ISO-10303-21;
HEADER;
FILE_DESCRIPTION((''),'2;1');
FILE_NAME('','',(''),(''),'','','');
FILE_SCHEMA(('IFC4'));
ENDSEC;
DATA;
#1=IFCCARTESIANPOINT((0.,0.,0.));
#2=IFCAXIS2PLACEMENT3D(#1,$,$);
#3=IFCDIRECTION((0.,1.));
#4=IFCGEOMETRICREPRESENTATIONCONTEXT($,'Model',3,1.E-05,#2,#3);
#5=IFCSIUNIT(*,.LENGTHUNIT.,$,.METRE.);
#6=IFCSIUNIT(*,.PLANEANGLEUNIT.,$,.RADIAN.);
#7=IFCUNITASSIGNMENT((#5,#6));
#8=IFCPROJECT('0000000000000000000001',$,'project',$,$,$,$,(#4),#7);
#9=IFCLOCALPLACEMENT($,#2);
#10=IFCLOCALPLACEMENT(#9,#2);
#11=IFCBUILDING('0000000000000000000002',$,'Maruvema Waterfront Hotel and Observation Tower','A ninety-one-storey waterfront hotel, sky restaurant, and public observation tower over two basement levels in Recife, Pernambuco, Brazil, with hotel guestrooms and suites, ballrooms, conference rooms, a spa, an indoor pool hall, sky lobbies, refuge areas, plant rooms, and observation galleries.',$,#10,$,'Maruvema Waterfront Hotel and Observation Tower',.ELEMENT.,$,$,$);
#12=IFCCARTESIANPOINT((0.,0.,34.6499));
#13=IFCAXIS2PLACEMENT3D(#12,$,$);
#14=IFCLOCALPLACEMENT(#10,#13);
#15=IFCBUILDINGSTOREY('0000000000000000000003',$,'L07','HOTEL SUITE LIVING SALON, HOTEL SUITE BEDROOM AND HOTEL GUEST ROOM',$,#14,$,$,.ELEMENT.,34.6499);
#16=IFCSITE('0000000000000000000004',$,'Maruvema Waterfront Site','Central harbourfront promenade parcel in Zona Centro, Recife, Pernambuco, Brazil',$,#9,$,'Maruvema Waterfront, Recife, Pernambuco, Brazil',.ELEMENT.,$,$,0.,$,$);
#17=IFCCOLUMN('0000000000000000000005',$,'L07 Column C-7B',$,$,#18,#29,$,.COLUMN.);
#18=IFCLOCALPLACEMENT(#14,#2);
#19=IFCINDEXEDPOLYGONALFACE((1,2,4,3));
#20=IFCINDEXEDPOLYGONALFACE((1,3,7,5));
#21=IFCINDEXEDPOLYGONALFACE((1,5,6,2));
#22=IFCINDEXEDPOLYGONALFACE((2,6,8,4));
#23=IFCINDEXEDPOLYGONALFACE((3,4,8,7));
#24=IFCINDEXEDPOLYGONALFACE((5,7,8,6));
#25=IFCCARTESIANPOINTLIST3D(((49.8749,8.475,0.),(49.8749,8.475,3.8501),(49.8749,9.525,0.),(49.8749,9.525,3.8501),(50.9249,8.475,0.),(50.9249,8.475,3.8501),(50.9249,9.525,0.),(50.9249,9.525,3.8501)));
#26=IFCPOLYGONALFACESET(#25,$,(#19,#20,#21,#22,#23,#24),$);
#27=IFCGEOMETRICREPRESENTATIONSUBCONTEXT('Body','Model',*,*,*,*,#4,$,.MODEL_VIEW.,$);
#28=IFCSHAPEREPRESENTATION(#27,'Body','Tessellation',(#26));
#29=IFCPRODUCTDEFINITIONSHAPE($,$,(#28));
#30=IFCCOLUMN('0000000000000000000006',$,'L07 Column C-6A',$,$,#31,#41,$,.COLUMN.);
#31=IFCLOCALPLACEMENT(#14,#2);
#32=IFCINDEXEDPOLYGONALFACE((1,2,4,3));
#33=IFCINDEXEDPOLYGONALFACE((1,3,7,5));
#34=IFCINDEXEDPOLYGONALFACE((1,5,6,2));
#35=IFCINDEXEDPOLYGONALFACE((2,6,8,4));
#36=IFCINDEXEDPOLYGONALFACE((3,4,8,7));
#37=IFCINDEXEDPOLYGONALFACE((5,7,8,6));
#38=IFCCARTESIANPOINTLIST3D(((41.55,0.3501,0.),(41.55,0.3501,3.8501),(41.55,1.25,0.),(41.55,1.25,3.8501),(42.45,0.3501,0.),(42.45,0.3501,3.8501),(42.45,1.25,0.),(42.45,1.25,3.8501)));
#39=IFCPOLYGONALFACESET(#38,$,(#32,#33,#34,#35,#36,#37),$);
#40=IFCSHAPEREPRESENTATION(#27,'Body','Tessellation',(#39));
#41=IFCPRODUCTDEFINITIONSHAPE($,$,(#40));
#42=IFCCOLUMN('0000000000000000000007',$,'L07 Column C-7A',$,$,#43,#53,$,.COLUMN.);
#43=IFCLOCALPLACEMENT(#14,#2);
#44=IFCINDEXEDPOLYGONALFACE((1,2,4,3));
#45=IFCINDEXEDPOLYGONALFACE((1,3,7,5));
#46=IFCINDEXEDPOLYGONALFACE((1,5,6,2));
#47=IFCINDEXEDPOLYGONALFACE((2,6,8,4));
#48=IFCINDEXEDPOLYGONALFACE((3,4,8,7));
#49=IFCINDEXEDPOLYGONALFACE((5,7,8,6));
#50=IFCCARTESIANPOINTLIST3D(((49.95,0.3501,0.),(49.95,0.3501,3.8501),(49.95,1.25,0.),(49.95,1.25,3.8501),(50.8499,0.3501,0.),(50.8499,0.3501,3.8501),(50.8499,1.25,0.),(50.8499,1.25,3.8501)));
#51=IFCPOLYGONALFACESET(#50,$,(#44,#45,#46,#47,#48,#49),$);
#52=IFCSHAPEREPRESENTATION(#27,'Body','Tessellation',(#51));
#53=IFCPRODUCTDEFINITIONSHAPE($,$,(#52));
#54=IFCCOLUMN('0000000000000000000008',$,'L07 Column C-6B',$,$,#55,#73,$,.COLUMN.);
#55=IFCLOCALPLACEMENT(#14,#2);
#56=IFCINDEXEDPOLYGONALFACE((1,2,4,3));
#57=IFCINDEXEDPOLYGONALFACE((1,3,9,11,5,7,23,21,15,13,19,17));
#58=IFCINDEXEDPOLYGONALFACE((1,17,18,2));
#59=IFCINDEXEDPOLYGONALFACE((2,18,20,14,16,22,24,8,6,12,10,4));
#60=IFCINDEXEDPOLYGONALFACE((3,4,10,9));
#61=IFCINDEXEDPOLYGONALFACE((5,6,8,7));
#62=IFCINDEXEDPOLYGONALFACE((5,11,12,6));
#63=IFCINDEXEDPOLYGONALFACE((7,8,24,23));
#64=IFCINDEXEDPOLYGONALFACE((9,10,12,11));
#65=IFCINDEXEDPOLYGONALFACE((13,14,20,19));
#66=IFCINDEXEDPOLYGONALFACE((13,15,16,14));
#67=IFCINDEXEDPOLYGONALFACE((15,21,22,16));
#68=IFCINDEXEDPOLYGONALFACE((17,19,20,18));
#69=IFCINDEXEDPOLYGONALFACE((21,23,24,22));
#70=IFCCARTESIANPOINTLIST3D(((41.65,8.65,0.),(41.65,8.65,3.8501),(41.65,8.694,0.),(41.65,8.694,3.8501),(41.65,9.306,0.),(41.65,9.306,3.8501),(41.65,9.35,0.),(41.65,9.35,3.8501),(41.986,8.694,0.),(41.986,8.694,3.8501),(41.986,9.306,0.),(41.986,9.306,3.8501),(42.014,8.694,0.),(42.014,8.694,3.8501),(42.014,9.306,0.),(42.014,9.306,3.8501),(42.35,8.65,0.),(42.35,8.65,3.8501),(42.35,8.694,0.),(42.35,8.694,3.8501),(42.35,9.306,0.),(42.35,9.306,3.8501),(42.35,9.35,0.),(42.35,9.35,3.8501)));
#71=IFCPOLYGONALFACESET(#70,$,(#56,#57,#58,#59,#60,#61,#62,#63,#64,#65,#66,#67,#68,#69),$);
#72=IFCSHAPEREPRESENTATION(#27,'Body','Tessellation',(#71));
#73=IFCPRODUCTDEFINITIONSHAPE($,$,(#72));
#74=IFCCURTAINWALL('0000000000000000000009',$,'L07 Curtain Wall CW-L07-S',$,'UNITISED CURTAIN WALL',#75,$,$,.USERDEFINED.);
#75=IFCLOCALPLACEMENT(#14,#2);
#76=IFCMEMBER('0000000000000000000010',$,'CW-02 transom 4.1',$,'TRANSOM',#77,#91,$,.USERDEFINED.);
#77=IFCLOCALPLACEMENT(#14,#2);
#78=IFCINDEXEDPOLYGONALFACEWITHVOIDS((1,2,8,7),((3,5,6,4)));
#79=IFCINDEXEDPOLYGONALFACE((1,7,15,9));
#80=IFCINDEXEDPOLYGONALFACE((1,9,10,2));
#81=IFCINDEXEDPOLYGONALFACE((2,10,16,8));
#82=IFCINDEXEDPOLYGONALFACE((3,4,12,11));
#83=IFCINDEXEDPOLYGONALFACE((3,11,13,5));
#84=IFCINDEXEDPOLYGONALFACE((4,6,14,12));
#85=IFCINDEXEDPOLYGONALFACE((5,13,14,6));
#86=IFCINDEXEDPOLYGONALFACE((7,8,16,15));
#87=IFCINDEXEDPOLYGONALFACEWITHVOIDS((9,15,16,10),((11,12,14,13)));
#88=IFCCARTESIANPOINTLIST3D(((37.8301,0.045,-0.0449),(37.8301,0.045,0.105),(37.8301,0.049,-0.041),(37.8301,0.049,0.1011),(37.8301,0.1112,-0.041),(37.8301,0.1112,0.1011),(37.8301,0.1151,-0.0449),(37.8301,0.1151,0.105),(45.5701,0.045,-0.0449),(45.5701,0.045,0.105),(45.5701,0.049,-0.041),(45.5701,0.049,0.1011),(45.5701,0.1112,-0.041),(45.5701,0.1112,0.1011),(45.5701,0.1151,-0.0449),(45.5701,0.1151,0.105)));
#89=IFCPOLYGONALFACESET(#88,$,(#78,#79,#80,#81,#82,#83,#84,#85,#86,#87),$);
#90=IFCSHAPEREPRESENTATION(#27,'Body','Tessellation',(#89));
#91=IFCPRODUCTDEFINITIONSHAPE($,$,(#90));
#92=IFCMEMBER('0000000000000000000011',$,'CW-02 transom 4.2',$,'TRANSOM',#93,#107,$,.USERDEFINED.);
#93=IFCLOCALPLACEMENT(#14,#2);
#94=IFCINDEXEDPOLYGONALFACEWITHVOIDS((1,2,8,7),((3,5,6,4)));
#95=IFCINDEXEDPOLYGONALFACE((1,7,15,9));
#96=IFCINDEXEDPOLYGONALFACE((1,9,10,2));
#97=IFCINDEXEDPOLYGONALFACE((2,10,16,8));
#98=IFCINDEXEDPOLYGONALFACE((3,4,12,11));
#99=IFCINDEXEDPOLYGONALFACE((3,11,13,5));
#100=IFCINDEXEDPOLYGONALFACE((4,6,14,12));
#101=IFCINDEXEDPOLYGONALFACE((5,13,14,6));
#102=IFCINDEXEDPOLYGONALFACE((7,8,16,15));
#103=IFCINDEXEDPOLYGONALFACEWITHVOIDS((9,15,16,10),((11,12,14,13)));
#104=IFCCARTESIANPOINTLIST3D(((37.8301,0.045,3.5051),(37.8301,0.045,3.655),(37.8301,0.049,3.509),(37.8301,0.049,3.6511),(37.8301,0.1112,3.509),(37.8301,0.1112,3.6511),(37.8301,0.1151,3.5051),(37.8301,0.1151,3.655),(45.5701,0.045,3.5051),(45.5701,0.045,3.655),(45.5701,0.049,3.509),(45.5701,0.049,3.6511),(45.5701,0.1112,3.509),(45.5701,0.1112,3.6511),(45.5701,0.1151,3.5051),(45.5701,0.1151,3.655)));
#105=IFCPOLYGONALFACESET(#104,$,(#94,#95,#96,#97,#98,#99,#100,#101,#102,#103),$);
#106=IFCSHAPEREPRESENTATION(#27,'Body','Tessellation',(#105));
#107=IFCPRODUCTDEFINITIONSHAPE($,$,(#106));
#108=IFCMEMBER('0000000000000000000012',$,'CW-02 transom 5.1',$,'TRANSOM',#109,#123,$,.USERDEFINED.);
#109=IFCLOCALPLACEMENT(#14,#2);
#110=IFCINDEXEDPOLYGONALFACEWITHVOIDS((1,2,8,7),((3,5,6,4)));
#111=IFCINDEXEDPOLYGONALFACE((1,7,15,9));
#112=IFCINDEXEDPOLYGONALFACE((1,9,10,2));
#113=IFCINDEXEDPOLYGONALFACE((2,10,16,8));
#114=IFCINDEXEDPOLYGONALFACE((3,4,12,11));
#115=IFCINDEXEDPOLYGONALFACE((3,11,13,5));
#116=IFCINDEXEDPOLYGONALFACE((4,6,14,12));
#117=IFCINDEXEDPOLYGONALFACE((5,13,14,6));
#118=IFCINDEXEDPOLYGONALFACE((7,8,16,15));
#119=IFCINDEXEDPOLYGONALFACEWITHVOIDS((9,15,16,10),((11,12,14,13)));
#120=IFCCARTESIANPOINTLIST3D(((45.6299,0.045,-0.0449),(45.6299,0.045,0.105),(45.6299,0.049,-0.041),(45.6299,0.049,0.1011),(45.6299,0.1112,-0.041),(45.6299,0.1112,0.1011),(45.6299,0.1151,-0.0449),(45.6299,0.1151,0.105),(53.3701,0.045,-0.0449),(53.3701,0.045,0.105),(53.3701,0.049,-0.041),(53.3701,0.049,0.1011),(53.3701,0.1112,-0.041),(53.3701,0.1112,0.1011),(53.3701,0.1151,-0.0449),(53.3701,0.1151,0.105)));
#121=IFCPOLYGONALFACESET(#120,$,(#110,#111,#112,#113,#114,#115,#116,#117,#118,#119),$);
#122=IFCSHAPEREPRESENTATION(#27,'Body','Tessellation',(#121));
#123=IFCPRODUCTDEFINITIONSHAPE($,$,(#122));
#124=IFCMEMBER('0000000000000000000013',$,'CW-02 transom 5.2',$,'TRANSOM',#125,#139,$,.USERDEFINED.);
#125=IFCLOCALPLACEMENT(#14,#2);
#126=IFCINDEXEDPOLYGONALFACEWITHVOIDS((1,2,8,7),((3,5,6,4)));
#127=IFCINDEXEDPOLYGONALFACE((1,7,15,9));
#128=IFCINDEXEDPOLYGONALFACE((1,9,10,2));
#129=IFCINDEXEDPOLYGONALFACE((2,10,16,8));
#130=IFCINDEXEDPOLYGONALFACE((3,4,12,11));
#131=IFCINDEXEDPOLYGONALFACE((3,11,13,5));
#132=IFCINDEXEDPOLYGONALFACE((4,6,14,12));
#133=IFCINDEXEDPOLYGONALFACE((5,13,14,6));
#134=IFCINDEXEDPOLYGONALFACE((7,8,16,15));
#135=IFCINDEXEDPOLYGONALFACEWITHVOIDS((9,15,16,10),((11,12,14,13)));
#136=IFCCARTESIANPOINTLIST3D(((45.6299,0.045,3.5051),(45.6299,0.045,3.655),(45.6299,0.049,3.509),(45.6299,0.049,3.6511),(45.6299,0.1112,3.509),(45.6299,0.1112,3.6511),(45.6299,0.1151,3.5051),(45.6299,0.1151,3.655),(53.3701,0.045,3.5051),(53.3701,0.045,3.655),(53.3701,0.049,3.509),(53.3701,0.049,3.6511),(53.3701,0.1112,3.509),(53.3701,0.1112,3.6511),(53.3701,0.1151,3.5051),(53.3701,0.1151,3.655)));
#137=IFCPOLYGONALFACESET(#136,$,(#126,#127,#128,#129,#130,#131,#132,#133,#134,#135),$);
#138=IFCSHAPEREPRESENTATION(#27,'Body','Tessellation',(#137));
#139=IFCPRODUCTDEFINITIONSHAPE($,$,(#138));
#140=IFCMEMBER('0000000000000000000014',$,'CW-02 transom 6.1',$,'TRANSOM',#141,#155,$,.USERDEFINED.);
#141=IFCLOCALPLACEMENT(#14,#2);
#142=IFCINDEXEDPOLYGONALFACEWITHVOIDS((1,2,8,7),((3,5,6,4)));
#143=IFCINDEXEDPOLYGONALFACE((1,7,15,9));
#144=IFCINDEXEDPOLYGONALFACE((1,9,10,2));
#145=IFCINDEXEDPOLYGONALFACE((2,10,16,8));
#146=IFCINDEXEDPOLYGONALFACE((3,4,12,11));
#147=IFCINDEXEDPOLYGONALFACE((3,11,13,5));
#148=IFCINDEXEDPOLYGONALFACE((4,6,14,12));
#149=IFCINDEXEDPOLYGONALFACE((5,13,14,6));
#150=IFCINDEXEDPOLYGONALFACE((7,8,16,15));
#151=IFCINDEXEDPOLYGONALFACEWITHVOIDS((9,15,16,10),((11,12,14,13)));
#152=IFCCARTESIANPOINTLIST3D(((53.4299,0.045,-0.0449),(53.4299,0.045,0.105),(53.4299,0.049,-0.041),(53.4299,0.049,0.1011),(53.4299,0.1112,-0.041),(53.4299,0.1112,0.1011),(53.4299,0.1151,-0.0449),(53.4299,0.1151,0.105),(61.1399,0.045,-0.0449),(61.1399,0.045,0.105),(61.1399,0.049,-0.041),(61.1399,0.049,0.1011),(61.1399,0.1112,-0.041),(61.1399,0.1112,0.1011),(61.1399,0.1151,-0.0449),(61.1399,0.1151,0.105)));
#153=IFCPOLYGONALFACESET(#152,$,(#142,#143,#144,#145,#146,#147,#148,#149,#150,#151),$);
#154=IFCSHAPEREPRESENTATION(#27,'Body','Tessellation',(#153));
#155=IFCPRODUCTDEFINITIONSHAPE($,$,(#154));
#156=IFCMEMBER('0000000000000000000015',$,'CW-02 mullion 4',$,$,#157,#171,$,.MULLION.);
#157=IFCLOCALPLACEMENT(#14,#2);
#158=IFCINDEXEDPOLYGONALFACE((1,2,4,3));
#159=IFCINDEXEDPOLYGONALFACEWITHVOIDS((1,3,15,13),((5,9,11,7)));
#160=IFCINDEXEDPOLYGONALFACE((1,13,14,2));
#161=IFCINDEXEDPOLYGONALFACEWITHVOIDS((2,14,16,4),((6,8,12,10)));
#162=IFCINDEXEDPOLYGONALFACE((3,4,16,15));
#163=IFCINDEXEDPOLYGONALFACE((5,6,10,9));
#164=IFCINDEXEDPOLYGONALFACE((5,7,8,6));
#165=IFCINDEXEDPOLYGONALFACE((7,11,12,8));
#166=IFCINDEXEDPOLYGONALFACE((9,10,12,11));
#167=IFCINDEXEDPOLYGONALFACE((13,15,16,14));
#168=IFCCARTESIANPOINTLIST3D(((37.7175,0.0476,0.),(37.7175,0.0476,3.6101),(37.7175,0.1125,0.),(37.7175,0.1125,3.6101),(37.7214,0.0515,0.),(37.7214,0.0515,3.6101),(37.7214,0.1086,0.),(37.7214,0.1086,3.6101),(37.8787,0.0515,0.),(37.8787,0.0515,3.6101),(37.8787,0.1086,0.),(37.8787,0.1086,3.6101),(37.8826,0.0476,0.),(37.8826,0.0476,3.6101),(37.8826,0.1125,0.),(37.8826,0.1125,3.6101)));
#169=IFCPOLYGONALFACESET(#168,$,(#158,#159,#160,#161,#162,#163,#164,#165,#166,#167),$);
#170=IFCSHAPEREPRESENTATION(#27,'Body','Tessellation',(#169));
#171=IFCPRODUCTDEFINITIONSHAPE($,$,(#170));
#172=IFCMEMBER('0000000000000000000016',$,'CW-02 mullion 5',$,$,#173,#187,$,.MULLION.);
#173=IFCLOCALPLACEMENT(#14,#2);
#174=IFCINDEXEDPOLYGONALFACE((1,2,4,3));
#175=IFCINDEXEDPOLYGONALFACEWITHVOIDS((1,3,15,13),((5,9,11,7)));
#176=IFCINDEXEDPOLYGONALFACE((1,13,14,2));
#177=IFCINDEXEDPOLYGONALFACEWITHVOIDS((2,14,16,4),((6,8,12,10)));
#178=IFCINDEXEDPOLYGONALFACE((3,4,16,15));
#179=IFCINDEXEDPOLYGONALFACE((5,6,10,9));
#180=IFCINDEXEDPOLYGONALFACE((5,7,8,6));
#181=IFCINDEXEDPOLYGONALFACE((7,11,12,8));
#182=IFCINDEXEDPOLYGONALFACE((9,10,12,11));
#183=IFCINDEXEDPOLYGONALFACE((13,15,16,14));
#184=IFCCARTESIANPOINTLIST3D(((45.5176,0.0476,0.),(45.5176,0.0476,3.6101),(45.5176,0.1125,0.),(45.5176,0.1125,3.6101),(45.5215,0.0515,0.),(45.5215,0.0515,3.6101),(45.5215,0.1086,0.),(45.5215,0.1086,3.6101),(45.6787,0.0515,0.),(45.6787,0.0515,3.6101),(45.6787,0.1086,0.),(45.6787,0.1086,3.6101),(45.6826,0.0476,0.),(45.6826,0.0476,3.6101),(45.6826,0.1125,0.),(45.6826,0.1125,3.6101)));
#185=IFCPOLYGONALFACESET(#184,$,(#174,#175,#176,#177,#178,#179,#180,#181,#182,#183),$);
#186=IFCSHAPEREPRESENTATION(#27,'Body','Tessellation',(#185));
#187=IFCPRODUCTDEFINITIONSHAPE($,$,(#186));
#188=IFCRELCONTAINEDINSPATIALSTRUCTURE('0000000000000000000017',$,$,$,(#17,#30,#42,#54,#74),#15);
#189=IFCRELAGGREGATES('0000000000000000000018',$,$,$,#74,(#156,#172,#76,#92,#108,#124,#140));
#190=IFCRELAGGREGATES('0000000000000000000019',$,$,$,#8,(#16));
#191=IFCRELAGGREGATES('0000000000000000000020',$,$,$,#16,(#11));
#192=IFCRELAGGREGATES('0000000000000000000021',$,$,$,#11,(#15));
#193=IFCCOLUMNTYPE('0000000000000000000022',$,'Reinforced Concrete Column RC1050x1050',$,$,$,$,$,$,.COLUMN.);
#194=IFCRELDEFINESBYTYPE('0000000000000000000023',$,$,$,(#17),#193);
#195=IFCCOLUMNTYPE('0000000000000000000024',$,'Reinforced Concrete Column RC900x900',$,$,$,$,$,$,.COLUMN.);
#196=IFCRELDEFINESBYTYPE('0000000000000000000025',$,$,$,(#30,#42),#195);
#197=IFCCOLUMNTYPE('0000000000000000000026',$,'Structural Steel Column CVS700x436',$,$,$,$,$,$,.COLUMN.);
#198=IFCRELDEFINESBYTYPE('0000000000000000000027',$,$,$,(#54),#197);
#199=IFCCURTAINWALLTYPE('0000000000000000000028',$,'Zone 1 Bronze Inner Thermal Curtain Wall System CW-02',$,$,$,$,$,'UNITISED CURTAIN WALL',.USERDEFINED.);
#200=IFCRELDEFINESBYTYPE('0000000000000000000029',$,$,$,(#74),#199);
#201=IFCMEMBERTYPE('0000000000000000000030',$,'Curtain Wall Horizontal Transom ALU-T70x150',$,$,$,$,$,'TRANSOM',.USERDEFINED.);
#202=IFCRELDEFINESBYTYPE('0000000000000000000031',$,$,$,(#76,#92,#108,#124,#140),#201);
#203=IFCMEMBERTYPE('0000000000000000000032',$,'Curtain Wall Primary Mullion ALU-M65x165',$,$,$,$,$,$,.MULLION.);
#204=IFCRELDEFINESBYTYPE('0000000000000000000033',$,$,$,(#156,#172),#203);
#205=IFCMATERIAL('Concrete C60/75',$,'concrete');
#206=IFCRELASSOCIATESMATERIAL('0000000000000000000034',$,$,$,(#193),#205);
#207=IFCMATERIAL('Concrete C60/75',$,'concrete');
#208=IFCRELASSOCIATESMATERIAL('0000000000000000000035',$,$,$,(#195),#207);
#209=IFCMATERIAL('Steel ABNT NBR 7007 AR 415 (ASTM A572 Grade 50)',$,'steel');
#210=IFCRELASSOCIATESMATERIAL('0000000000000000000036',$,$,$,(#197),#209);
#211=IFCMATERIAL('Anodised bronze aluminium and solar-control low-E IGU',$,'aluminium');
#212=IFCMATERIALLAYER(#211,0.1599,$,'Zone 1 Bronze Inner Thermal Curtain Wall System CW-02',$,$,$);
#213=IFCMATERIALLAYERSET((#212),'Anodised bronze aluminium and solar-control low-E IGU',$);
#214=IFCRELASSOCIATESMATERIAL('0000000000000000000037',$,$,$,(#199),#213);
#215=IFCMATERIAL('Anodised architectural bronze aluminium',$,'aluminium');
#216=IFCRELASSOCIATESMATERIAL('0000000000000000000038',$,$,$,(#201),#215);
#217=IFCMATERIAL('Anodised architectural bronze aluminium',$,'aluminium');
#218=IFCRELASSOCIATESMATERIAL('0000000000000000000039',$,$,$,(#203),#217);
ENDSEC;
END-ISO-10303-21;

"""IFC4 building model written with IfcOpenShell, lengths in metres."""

from ifc_helpers import new_model, si_unit, direction, frame, origin, origin_2d, place, context, subcontext, project, spatial, rectangle, hollow_rectangle, i_section, extrude, material, layer, layer_set, material_profile, profile_set, type_object, element, aggregate, save


model = new_model("IFC4")

# Units and contexts
model_context = context("Model", 3, precision=1e-05, world=origin(), true_north=direction((0.0, 1.0)))
body_context = subcontext(model_context, "Body", "Model", "MODEL_VIEW")
ifc_project = project(units=[si_unit("LENGTHUNIT", "METRE"), si_unit("PLANEANGLEUNIT", "RADIAN")], contexts=[model_context])

# Site, building, storey
site_placement = place(None, origin())
site = spatial("IfcSite", under=ifc_project, at=site_placement, Name="Maruvema Waterfront Site", Description="Central harbourfront promenade parcel in Zona Centro, Recife, Pernambuco, Brazil", LongName="Maruvema Waterfront, Recife, Pernambuco, Brazil", CompositionType="ELEMENT", RefElevation=0.0)
building_placement = place(site_placement, origin())
building = spatial("IfcBuilding", under=site, at=building_placement, Name="Maruvema Waterfront Hotel and Observation Tower", Description="A ninety-one-storey waterfront hotel, sky restaurant, and public observation tower over two basement levels in Recife, Pernambuco, Brazil, with hotel guestrooms and suites, ballrooms, conference rooms, a spa, an indoor pool hall, sky lobbies, refuge areas, plant rooms, and observation galleries.", LongName="Maruvema Waterfront Hotel and Observation Tower", CompositionType="ELEMENT")
storey_placement = place(building_placement, frame((0.0, 0.0, 34.6499)))
storey = spatial("IfcBuildingStorey", under=building, at=storey_placement, Name="L07", Description="HOTEL SUITE LIVING SALON, HOTEL SUITE BEDROOM AND HOTEL GUEST ROOM", CompositionType="ELEMENT", Elevation=34.6499)

# Columns
ifc_material_1 = material(Name="Concrete C60/75", Category="concrete")
ifc_material_profile_1 = material_profile(ifc_material_1, rectangle(XDim=1.05, YDim=1.05, at=origin_2d()), Name="RC1050x1050")
ifc_profile_set_1 = profile_set([ifc_material_profile_1], Name="Concrete C60/75")
column_type_1 = type_object("IfcColumnType", Name="Reinforced Concrete Column RC1050x1050", PredefinedType="COLUMN", material=ifc_profile_set_1)
column_1_placement = place(storey_placement, frame((50.3999, 9.0, 0.0), z_axis=(0.0, 0.0, 1.0), x_axis=(1.0, 0.0, 0.0)))
element("IfcColumn", 1, at=column_1_placement, inside=storey, type_object=column_type_1, Name="L07 Column C-7B", PredefinedType="COLUMN", context=body_context, shape_type="SweptSolid", body=[
    extrude(rectangle(XDim=1.05, YDim=1.05, at=origin_2d()), origin(), (0.0, 0.0, 1.0), 3.8501),
])
ifc_material_2 = material(Name="Concrete C60/75", Category="concrete")
ifc_material_profile_2 = material_profile(ifc_material_2, rectangle(XDim=0.8999, YDim=0.8999, at=origin_2d()), Name="RC900x900")
ifc_profile_set_2 = profile_set([ifc_material_profile_2], Name="Concrete C60/75")
column_type_2 = type_object("IfcColumnType", Name="Reinforced Concrete Column RC900x900", PredefinedType="COLUMN", material=ifc_profile_set_2)
for number, where, z_axis, x_axis, name in (
    (2, (42.0, 0.8, 0.0), (0.0, 0.0, 1.0), (1.0, 0.0, 0.0), "L07 Column C-6A"),
    (3, (50.3999, 0.8, 0.0), (0.0, 0.0, 1.0), (1.0, 0.0, 0.0), "L07 Column C-7A"),
):
    element("IfcColumn", number, at=place(storey_placement, frame(where, z_axis=z_axis, x_axis=x_axis)), inside=storey, type_object=column_type_2, Name=name, PredefinedType="COLUMN", context=body_context, shape_type="SweptSolid", body=[
        extrude(rectangle(XDim=0.8999, YDim=0.8999, at=origin_2d()), origin(), (0.0, 0.0, 1.0), 3.8501),
    ])
ifc_material_3 = material(Name="Steel ABNT NBR 7007 AR 415 (ASTM A572 Grade 50)", Category="steel")
ifc_material_profile_3 = material_profile(ifc_material_3, i_section(OverallWidth=0.7, OverallDepth=0.7, WebThickness=0.0281, FlangeThickness=0.0439, at=origin_2d()), Name="CVS700x436")
ifc_profile_set_3 = profile_set([ifc_material_profile_3], Name="Steel ABNT NBR 7007 AR 415 (ASTM A572 Grade 50)")
column_type_3 = type_object("IfcColumnType", Name="Structural Steel Column CVS700x436", PredefinedType="COLUMN", material=ifc_profile_set_3)
column_2_placement = place(storey_placement, frame((42.0, 9.0, 0.0), z_axis=(0.0, 0.0, 1.0), x_axis=(1.0, 0.0, 0.0)))
element("IfcColumn", 4, at=column_2_placement, inside=storey, type_object=column_type_3, Name="L07 Column C-6B", PredefinedType="COLUMN", context=body_context, shape_type="SweptSolid", body=[
    extrude(i_section(OverallWidth=0.7, OverallDepth=0.7, WebThickness=0.0281, FlangeThickness=0.0439, at=origin_2d()), origin(), (0.0, 0.0, 1.0), 3.8501),
])

# Curtain wall, members
ifc_material_4 = material(Name="Anodised bronze aluminium and solar-control low-E IGU", Category="aluminium")
ifc_layer_1 = layer(ifc_material_4, 0.1599, Name="Zone 1 Bronze Inner Thermal Curtain Wall System CW-02")
ifc_layer_set_1 = layer_set([ifc_layer_1], Name="Anodised bronze aluminium and solar-control low-E IGU")
curtain_wall_type = type_object("IfcCurtainWallType", Name="Zone 1 Bronze Inner Thermal Curtain Wall System CW-02", ElementType="UNITISED CURTAIN WALL", PredefinedType="USERDEFINED", material=ifc_layer_set_1)
curtain_wall_placement = place(storey_placement, origin())
curtain_wall = element("IfcCurtainWall", 5, at=curtain_wall_placement, inside=storey, type_object=curtain_wall_type, Name="L07 Curtain Wall CW-L07-S", ObjectType="UNITISED CURTAIN WALL", PredefinedType="USERDEFINED")
ifc_material_5 = material(Name="Anodised architectural bronze aluminium", Category="aluminium")
ifc_material_profile_4 = material_profile(ifc_material_5, hollow_rectangle(XDim=0.0701, YDim=0.1499, WallThickness=0.0039, at=origin_2d()), Name="ALU-T70x150")
ifc_profile_set_4 = profile_set([ifc_material_profile_4], Name="Anodised architectural bronze aluminium")
member_type_1 = type_object("IfcMemberType", Name="Curtain Wall Horizontal Transom ALU-T70x150", ElementType="TRANSOM", PredefinedType="USERDEFINED", material=ifc_profile_set_4)
member_1_placement = place(storey_placement, frame((37.8301, 0.0801, 0.03), z_axis=(1.0, 0.0, 0.0), x_axis=(0.0, 1.0, 0.0)))
member_1 = element("IfcMember", 6, at=member_1_placement, type_object=member_type_1, Name="CW-02 transom 4.1", ObjectType="TRANSOM", PredefinedType="USERDEFINED", context=body_context, shape_type="SweptSolid", body=[
    extrude(hollow_rectangle(XDim=0.0701, YDim=0.1499, WallThickness=0.0039, at=origin_2d()), origin(), (0.0, 0.0, 1.0), 7.74),
])
member_2_placement = place(storey_placement, frame((37.8301, 0.0801, 3.5801), z_axis=(1.0, 0.0, 0.0), x_axis=(0.0, 1.0, 0.0)))
member_2 = element("IfcMember", 7, at=member_2_placement, type_object=member_type_1, Name="CW-02 transom 4.2", ObjectType="TRANSOM", PredefinedType="USERDEFINED", context=body_context, shape_type="SweptSolid", body=[
    extrude(hollow_rectangle(XDim=0.0701, YDim=0.1499, WallThickness=0.0039, at=origin_2d()), origin(), (0.0, 0.0, 1.0), 7.74),
])
member_3_placement = place(storey_placement, frame((45.6299, 0.0801, 0.03), z_axis=(1.0, 0.0, 0.0), x_axis=(0.0, 1.0, 0.0)))
member_3 = element("IfcMember", 8, at=member_3_placement, type_object=member_type_1, Name="CW-02 transom 5.1", ObjectType="TRANSOM", PredefinedType="USERDEFINED", context=body_context, shape_type="SweptSolid", body=[
    extrude(hollow_rectangle(XDim=0.0701, YDim=0.1499, WallThickness=0.0039, at=origin_2d()), origin(), (0.0, 0.0, 1.0), 7.7402),
])
member_4_placement = place(storey_placement, frame((45.6299, 0.0801, 3.5801), z_axis=(1.0, 0.0, 0.0), x_axis=(0.0, 1.0, 0.0)))
member_4 = element("IfcMember", 9, at=member_4_placement, type_object=member_type_1, Name="CW-02 transom 5.2", ObjectType="TRANSOM", PredefinedType="USERDEFINED", context=body_context, shape_type="SweptSolid", body=[
    extrude(hollow_rectangle(XDim=0.0701, YDim=0.1499, WallThickness=0.0039, at=origin_2d()), origin(), (0.0, 0.0, 1.0), 7.7402),
])
member_5_placement = place(storey_placement, frame((53.4299, 0.0801, 0.03), z_axis=(1.0, 0.0, 0.0), x_axis=(0.0, 1.0, 0.0)))
member_5 = element("IfcMember", 10, at=member_5_placement, type_object=member_type_1, Name="CW-02 transom 6.1", ObjectType="TRANSOM", PredefinedType="USERDEFINED", context=body_context, shape_type="SweptSolid", body=[
    extrude(hollow_rectangle(XDim=0.0701, YDim=0.1499, WallThickness=0.0039, at=origin_2d()), origin(), (0.0, 0.0, 1.0), 7.71),
])
ifc_material_6 = material(Name="Anodised architectural bronze aluminium", Category="aluminium")
ifc_material_profile_5 = material_profile(ifc_material_6, hollow_rectangle(XDim=0.0649, YDim=0.165, WallThickness=0.0039, at=origin_2d()), Name="ALU-M65x165")
ifc_profile_set_5 = profile_set([ifc_material_profile_5], Name="Anodised architectural bronze aluminium")
member_type_2 = type_object("IfcMemberType", Name="Curtain Wall Primary Mullion ALU-M65x165", PredefinedType="MULLION", material=ifc_profile_set_5)
member_6_placement = place(storey_placement, frame((37.8, 0.0801, 0.0), z_axis=(0.0, 0.0, 1.0), x_axis=(0.0, 1.0, 0.0)))
member_6 = element("IfcMember", 11, at=member_6_placement, type_object=member_type_2, Name="CW-02 mullion 4", PredefinedType="MULLION", context=body_context, shape_type="SweptSolid", body=[
    extrude(hollow_rectangle(XDim=0.0649, YDim=0.165, WallThickness=0.0039, at=origin_2d()), origin(), (0.0, 0.0, 1.0), 3.6101),
])
member_7_placement = place(storey_placement, frame((45.6001, 0.0801, 0.0), z_axis=(0.0, 0.0, 1.0), x_axis=(0.0, 1.0, 0.0)))
member_7 = element("IfcMember", 12, at=member_7_placement, type_object=member_type_2, Name="CW-02 mullion 5", PredefinedType="MULLION", context=body_context, shape_type="SweptSolid", body=[
    extrude(hollow_rectangle(XDim=0.0649, YDim=0.165, WallThickness=0.0039, at=origin_2d()), origin(), (0.0, 0.0, 1.0), 3.6101),
])

aggregate(curtain_wall, [member_6, member_7, member_1, member_2, member_3, member_4, member_5])

save(model, "model.ifc")
